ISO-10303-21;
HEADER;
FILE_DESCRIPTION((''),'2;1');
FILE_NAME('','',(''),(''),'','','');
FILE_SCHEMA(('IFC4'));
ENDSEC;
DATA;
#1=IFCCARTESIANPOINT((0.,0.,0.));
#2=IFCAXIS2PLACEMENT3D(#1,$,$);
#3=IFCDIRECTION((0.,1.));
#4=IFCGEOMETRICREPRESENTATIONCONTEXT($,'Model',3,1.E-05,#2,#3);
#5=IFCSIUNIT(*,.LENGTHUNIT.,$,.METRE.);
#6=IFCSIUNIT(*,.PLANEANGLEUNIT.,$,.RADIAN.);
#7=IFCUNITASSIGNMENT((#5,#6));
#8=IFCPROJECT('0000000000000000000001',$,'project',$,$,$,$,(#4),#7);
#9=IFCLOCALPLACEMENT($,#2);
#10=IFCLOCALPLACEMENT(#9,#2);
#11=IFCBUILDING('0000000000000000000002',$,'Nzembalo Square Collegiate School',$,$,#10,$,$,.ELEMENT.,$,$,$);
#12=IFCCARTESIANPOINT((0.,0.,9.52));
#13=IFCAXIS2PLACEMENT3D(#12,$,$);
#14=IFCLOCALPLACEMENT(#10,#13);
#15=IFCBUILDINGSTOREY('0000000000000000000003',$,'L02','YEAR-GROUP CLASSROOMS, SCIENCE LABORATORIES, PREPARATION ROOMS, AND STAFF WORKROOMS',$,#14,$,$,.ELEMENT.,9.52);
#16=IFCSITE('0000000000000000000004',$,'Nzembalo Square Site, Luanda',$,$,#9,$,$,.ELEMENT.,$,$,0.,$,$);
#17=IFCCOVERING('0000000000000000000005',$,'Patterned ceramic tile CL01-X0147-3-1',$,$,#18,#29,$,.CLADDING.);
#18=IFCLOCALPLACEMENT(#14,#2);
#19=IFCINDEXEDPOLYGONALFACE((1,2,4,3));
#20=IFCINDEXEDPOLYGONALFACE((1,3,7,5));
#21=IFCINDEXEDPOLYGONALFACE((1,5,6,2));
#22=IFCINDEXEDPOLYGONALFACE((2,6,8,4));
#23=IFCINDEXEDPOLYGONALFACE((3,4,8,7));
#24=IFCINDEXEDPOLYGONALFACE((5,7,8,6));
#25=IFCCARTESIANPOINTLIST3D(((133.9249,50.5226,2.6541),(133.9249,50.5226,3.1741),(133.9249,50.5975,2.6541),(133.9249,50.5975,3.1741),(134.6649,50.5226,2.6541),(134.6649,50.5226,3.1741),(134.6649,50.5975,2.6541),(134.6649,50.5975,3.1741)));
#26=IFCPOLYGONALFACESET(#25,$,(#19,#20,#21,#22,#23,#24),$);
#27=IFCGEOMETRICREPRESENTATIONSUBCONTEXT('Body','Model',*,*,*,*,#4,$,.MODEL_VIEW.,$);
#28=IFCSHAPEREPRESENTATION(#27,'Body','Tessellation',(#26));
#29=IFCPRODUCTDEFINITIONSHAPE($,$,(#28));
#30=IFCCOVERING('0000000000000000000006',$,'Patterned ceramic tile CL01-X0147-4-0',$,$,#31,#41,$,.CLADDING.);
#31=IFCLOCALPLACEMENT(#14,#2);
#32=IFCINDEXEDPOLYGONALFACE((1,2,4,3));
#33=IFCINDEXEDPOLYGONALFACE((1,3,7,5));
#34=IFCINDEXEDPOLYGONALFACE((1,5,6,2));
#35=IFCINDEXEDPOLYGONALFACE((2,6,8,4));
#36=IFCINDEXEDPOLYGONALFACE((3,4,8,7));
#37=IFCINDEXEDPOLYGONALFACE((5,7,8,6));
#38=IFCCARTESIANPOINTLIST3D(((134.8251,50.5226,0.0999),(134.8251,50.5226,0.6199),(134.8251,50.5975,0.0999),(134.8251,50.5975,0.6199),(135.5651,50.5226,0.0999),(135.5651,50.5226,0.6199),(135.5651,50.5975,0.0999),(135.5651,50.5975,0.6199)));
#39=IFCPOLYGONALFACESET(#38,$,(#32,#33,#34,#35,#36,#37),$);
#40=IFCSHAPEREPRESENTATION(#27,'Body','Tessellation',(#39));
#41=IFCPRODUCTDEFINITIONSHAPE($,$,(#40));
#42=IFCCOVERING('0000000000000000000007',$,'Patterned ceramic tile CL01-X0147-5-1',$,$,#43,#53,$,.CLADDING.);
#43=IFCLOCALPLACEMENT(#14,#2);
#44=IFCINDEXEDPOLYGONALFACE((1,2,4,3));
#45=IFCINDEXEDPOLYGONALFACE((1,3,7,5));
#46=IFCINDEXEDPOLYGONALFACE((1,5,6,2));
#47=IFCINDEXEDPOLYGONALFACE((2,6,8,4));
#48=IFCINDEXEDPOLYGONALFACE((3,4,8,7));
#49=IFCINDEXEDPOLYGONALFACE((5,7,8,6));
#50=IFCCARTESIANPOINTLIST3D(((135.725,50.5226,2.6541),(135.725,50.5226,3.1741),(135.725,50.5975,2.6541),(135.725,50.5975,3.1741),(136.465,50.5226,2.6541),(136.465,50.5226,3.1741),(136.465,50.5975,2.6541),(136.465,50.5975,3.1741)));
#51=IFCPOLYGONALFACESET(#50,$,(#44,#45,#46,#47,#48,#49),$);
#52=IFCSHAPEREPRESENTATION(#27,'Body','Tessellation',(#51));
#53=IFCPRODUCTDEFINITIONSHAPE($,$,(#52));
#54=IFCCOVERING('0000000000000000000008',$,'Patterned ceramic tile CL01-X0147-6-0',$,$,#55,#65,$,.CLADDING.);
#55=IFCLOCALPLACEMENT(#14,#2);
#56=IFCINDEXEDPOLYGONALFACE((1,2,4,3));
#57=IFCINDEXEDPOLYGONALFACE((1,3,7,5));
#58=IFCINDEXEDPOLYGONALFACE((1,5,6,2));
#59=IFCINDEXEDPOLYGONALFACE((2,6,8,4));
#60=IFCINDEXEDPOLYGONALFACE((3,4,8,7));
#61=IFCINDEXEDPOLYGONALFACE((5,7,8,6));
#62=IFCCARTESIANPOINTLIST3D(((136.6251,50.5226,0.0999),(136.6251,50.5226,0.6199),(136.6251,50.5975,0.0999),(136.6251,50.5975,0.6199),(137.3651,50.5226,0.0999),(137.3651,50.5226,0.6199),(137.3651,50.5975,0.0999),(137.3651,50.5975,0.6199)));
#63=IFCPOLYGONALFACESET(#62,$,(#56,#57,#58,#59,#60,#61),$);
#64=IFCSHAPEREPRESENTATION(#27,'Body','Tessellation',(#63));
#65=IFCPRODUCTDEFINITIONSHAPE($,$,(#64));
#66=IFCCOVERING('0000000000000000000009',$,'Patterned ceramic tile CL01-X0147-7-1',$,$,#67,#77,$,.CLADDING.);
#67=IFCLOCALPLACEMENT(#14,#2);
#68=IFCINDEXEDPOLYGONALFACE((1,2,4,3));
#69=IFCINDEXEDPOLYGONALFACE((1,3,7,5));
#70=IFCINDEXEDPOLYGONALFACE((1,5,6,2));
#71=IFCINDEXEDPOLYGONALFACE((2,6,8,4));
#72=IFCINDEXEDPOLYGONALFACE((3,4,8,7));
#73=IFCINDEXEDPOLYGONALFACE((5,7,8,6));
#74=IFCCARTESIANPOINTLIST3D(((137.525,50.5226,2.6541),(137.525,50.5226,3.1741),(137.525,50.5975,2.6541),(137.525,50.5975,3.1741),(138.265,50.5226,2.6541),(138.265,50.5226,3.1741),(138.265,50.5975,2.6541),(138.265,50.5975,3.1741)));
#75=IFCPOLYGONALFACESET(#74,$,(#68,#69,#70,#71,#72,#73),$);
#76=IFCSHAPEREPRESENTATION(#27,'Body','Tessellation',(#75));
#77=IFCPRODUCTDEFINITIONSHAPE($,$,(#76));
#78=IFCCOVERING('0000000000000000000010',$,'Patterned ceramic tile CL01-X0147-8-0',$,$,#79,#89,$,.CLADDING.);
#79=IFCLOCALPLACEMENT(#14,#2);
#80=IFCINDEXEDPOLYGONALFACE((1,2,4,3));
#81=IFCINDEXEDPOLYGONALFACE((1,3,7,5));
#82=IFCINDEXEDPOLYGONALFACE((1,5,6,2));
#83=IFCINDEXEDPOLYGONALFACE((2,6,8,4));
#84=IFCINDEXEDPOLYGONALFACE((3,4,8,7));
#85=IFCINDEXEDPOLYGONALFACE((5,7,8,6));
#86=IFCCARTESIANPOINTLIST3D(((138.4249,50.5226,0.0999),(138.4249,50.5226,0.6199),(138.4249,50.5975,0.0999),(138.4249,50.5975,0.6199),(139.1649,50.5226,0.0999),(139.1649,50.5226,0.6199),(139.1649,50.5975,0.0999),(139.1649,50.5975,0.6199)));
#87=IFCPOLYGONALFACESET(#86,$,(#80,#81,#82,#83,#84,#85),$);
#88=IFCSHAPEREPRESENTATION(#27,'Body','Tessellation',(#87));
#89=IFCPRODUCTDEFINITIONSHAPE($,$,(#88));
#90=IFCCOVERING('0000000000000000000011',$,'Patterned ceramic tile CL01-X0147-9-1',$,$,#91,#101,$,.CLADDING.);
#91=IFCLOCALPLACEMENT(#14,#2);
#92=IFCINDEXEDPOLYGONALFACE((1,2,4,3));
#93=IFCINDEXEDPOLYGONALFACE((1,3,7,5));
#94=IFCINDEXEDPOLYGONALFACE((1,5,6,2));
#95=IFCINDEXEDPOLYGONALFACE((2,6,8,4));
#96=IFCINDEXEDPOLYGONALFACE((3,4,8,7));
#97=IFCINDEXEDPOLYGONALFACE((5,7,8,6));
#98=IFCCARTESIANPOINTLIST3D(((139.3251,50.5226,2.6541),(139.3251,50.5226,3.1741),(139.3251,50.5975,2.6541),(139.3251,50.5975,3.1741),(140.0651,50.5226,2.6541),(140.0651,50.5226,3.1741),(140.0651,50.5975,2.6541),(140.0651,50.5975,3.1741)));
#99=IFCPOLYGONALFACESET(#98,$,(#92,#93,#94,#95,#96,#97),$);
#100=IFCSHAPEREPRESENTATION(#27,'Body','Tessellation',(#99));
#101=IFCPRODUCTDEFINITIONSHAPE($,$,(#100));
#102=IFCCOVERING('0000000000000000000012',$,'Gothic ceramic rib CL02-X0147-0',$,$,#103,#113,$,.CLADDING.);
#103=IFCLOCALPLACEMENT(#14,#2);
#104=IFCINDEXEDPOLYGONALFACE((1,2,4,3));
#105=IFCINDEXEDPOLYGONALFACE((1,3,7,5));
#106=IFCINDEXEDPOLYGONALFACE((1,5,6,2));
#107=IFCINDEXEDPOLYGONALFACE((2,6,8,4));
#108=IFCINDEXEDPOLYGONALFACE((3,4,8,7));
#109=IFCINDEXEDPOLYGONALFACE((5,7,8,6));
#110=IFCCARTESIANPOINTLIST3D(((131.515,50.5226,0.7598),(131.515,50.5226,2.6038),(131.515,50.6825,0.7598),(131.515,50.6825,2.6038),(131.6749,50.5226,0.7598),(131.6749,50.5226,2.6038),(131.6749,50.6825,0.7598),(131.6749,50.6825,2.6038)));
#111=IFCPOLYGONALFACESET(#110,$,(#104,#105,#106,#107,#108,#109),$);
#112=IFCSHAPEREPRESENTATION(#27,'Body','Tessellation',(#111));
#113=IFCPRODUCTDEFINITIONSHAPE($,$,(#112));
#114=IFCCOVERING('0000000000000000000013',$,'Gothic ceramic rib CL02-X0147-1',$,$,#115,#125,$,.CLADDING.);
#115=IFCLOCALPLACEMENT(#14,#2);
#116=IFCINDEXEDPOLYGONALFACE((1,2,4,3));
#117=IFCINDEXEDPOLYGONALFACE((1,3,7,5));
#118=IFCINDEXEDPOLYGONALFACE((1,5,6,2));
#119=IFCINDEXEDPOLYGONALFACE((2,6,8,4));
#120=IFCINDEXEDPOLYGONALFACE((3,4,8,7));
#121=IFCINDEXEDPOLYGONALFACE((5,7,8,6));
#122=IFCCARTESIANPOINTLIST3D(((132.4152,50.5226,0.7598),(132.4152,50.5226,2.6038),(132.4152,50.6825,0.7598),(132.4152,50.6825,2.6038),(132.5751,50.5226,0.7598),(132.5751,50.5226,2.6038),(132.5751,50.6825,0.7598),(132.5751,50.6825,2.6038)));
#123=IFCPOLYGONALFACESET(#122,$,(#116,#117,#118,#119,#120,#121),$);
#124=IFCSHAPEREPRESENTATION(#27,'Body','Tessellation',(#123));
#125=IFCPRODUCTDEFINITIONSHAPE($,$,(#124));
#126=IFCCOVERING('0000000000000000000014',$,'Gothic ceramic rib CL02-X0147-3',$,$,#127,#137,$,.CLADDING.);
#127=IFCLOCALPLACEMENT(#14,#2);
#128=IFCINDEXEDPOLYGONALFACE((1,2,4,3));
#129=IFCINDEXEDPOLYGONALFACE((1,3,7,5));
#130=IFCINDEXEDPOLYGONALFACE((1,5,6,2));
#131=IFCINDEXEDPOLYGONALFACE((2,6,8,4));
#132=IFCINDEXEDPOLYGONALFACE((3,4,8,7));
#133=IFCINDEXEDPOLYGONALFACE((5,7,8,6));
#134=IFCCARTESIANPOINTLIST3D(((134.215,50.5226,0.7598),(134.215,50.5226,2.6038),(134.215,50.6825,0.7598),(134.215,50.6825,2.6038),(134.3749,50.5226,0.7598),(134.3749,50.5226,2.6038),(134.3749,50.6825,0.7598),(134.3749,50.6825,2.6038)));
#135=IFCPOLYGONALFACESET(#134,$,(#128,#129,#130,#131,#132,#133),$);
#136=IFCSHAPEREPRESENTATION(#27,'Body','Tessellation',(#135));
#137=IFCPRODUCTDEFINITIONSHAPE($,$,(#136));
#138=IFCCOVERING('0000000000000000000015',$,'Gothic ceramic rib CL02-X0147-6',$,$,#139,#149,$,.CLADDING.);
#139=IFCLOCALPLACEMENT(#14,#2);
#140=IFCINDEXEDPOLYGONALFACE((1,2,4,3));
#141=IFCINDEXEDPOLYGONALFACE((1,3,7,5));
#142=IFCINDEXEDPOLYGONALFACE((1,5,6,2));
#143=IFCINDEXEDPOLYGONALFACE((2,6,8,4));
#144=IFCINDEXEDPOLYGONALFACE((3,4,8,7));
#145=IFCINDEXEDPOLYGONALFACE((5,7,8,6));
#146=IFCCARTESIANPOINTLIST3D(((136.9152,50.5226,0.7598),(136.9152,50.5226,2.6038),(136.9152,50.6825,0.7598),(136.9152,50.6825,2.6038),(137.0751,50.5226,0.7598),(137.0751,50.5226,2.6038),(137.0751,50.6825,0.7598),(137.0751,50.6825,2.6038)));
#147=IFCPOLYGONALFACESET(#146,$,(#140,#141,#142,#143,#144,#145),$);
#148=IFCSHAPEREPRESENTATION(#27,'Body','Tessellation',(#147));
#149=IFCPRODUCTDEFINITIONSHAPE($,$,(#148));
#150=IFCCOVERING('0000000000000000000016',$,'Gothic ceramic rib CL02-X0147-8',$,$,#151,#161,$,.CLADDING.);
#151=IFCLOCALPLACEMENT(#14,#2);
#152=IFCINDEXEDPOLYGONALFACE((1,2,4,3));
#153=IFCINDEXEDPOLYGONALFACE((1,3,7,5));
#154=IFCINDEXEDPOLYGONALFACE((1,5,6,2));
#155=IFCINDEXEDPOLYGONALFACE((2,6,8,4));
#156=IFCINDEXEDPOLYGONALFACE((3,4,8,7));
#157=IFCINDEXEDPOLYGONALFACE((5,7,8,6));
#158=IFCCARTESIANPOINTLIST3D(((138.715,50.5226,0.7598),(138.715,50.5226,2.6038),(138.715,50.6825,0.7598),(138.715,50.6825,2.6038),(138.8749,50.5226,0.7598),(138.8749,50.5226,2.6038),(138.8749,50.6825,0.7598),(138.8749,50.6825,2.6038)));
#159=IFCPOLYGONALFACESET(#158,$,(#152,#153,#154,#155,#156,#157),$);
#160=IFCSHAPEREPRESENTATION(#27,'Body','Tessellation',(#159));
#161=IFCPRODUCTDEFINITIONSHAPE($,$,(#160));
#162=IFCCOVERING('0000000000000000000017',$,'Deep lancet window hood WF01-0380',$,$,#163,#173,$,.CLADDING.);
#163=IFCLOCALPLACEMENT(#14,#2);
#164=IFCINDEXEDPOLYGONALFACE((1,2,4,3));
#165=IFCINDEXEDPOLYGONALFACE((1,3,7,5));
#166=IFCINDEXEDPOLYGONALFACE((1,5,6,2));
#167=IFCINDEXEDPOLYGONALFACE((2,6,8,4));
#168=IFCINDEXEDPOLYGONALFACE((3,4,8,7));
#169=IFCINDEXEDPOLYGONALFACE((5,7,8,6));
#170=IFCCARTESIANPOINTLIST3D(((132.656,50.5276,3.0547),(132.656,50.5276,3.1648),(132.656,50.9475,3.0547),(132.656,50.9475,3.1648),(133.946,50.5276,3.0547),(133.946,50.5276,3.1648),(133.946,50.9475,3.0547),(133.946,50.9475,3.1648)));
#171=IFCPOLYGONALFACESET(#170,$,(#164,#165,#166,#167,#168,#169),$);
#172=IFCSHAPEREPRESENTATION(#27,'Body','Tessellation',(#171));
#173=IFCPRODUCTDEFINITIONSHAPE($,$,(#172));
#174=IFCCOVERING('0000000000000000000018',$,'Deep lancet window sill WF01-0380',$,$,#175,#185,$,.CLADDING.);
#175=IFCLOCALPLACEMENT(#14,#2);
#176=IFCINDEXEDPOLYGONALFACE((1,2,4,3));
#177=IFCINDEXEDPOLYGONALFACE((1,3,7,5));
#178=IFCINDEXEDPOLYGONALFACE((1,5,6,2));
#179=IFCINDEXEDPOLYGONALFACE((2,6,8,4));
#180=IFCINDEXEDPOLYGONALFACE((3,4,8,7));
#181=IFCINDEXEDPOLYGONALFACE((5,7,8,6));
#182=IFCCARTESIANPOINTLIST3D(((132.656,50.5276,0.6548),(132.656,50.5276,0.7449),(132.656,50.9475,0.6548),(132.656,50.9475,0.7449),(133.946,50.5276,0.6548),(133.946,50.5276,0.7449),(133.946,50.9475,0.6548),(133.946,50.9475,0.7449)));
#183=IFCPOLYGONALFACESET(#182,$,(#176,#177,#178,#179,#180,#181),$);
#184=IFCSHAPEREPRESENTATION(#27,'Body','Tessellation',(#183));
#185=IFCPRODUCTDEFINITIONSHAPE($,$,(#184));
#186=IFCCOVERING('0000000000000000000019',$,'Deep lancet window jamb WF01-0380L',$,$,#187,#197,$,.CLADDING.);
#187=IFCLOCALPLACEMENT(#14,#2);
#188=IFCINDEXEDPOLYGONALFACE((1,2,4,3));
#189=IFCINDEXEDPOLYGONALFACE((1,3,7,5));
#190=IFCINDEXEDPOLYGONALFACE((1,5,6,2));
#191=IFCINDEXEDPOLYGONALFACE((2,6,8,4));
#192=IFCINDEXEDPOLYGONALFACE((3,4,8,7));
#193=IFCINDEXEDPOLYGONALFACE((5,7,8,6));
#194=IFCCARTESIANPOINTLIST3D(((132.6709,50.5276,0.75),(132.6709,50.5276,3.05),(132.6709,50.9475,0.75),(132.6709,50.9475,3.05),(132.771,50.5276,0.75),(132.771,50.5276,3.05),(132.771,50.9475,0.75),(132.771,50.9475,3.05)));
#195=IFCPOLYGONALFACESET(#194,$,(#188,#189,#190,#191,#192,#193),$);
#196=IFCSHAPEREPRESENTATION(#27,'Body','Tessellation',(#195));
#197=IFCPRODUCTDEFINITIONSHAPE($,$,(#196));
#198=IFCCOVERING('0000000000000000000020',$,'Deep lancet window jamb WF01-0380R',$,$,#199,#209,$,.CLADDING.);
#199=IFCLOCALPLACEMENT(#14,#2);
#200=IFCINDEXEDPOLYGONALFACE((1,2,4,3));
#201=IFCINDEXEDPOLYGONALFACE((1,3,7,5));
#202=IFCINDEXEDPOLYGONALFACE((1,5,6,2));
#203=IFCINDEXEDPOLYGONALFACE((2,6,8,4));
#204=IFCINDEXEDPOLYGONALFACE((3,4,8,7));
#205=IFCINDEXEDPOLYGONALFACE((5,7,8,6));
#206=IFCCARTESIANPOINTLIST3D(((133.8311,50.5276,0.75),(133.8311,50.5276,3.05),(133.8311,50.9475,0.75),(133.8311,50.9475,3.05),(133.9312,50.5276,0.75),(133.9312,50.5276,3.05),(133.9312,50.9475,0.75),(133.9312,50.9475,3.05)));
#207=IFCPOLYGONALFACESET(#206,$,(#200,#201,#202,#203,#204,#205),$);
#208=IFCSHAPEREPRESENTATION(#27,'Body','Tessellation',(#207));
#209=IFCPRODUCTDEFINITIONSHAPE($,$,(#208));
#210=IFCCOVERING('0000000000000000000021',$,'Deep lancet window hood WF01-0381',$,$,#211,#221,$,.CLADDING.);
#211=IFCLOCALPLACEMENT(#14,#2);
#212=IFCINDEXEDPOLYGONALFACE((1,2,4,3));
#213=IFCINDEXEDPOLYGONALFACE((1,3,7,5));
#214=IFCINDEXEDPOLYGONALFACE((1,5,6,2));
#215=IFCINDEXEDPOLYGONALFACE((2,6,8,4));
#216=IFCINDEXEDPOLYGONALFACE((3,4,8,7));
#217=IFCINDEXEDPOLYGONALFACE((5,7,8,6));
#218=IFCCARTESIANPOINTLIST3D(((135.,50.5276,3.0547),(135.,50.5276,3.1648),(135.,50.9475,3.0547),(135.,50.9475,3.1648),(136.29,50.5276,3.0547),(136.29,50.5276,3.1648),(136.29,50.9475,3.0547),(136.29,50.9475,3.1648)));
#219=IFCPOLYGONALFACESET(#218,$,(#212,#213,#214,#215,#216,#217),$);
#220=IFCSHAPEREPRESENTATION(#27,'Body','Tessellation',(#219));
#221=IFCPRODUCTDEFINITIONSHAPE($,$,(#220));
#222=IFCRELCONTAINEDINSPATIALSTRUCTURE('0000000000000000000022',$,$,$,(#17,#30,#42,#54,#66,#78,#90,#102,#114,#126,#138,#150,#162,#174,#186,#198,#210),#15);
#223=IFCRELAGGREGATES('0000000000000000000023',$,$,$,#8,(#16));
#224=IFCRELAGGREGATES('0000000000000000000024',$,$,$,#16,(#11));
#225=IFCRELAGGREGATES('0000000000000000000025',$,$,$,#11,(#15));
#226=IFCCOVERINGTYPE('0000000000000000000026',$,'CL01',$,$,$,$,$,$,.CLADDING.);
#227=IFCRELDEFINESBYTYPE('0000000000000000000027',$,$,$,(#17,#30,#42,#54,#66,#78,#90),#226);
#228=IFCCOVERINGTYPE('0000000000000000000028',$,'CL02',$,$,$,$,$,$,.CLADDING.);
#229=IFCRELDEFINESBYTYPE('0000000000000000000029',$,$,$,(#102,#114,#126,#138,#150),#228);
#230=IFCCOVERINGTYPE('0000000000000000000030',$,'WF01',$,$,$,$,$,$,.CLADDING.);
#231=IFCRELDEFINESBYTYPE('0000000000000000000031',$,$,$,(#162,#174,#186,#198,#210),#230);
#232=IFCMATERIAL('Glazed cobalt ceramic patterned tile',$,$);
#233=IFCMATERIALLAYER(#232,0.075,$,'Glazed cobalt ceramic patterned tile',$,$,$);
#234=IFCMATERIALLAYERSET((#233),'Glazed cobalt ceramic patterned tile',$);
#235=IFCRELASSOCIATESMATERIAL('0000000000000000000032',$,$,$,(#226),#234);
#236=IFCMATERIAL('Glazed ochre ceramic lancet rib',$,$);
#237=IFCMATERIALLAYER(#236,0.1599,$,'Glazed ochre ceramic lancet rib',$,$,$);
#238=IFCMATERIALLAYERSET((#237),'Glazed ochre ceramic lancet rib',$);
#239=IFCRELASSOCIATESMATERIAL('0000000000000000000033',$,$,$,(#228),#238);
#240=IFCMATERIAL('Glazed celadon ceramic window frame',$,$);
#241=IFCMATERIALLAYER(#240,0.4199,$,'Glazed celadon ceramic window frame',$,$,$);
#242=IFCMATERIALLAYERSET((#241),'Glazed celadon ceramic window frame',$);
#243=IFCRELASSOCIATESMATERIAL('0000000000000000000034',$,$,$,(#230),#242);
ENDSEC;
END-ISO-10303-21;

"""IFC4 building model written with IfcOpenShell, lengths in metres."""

from ifc_helpers import new_model, si_unit, direction, frame, origin, origin_2d, place, context, subcontext, project, spatial, rectangle, extrude, material, layer, layer_set, type_object, element, save


model = new_model("IFC4")

# Units and contexts
model_context = context("Model", 3, precision=1e-05, world=origin(), true_north=direction((0.0, 1.0)))
body_context = subcontext(model_context, "Body", "Model", "MODEL_VIEW")
ifc_project = project(units=[si_unit("LENGTHUNIT", "METRE"), si_unit("PLANEANGLEUNIT", "RADIAN")], contexts=[model_context])

# Site, building, storey
site_placement = place(None, origin())
site = spatial("IfcSite", under=ifc_project, at=site_placement, Name="Nzembalo Square Site, Luanda", CompositionType="ELEMENT", RefElevation=0.0)
building_placement = place(site_placement, origin())
building = spatial("IfcBuilding", under=site, at=building_placement, Name="Nzembalo Square Collegiate School", CompositionType="ELEMENT")
storey_placement = place(building_placement, frame((0.0, 0.0, 9.52)))
storey = spatial("IfcBuildingStorey", under=building, at=storey_placement, Name="L02", Description="YEAR-GROUP CLASSROOMS, SCIENCE LABORATORIES, PREPARATION ROOMS, AND STAFF WORKROOMS", CompositionType="ELEMENT", Elevation=9.52)

# Coverings
ifc_material_1 = material(Name="Glazed cobalt ceramic patterned tile")
ifc_layer_1 = layer(ifc_material_1, 0.075, Name="Glazed cobalt ceramic patterned tile")
ifc_layer_set_1 = layer_set([ifc_layer_1], Name="Glazed cobalt ceramic patterned tile")
covering_type_1 = type_object("IfcCoveringType", Name="CL01", PredefinedType="CLADDING", material=ifc_layer_set_1)
for number, where, z_axis, x_axis, name in (
    (1, (134.2949, 50.5601, 2.6541), (0.0, 0.0, 1.0), (1.0, 0.0, 0.0), "Patterned ceramic tile CL01-X0147-3-1"),
    (2, (135.1951, 50.5601, 0.0999), (0.0, 0.0, 1.0), (1.0, 0.0, 0.0), "Patterned ceramic tile CL01-X0147-4-0"),
    (3, (136.095, 50.5601, 2.6541), (0.0, 0.0, 1.0), (1.0, 0.0, 0.0), "Patterned ceramic tile CL01-X0147-5-1"),
    (4, (136.9951, 50.5601, 0.0999), (0.0, 0.0, 1.0), (1.0, 0.0, 0.0), "Patterned ceramic tile CL01-X0147-6-0"),
    (5, (137.895, 50.5601, 2.6541), (0.0, 0.0, 1.0), (1.0, 0.0, 0.0), "Patterned ceramic tile CL01-X0147-7-1"),
    (6, (138.7949, 50.5601, 0.0999), (0.0, 0.0, 1.0), (1.0, 0.0, 0.0), "Patterned ceramic tile CL01-X0147-8-0"),
    (7, (139.6951, 50.5601, 2.6541), (0.0, 0.0, 1.0), (1.0, 0.0, 0.0), "Patterned ceramic tile CL01-X0147-9-1"),
):
    element("IfcCovering", number, at=place(storey_placement, frame(where, z_axis=z_axis, x_axis=x_axis)), inside=storey, type_object=covering_type_1, Name=name, PredefinedType="CLADDING", context=body_context, shape_type="SweptSolid", body=[
        extrude(rectangle(XDim=0.74, YDim=0.075, at=origin_2d()), origin(), (0.0, 0.0, 1.0), 0.52),
    ])
ifc_material_2 = material(Name="Glazed ochre ceramic lancet rib")
ifc_layer_2 = layer(ifc_material_2, 0.1599, Name="Glazed ochre ceramic lancet rib")
ifc_layer_set_2 = layer_set([ifc_layer_2], Name="Glazed ochre ceramic lancet rib")
covering_type_2 = type_object("IfcCoveringType", Name="CL02", PredefinedType="CLADDING", material=ifc_layer_set_2)
for number, where, z_axis, x_axis, name in (
    (8, (131.595, 50.6025, 0.7598), (0.0, 0.0, 1.0), (1.0, 0.0, 0.0), "Gothic ceramic rib CL02-X0147-0"),
    (9, (132.4951, 50.6025, 0.7598), (0.0, 0.0, 1.0), (1.0, 0.0, 0.0), "Gothic ceramic rib CL02-X0147-1"),
    (10, (134.2949, 50.6025, 0.7598), (0.0, 0.0, 1.0), (1.0, 0.0, 0.0), "Gothic ceramic rib CL02-X0147-3"),
    (11, (136.9951, 50.6025, 0.7598), (0.0, 0.0, 1.0), (1.0, 0.0, 0.0), "Gothic ceramic rib CL02-X0147-6"),
    (12, (138.7949, 50.6025, 0.7598), (0.0, 0.0, 1.0), (1.0, 0.0, 0.0), "Gothic ceramic rib CL02-X0147-8"),
):
    element("IfcCovering", number, at=place(storey_placement, frame(where, z_axis=z_axis, x_axis=x_axis)), inside=storey, type_object=covering_type_2, Name=name, PredefinedType="CLADDING", context=body_context, shape_type="SweptSolid", body=[
        extrude(rectangle(XDim=0.1599, YDim=0.1599, at=origin_2d()), origin(), (0.0, 0.0, 1.0), 1.844),
    ])
ifc_material_3 = material(Name="Glazed celadon ceramic window frame")
ifc_layer_3 = layer(ifc_material_3, 0.4199, Name="Glazed celadon ceramic window frame")
ifc_layer_set_3 = layer_set([ifc_layer_3], Name="Glazed celadon ceramic window frame")
covering_type_3 = type_object("IfcCoveringType", Name="WF01", PredefinedType="CLADDING", material=ifc_layer_set_3)
covering_1_placement = place(storey_placement, frame((133.301, 50.7375, 3.0547), z_axis=(0.0, 0.0, 1.0), x_axis=(1.0, 0.0, 0.0)))
element("IfcCovering", 13, at=covering_1_placement, inside=storey, type_object=covering_type_3, Name="Deep lancet window hood WF01-0380", PredefinedType="CLADDING", context=body_context, shape_type="SweptSolid", body=[
    extrude(rectangle(XDim=1.29, YDim=0.4199, at=origin_2d()), origin(), (0.0, 0.0, 1.0), 0.1101),
])
covering_2_placement = place(storey_placement, frame((133.301, 50.7375, 0.6548), z_axis=(0.0, 0.0, 1.0), x_axis=(1.0, 0.0, 0.0)))
element("IfcCovering", 14, at=covering_2_placement, inside=storey, type_object=covering_type_3, Name="Deep lancet window sill WF01-0380", PredefinedType="CLADDING", context=body_context, shape_type="SweptSolid", body=[
    extrude(rectangle(XDim=1.29, YDim=0.4199, at=origin_2d()), origin(), (0.0, 0.0, 1.0), 0.0901),
])
for number, where, z_axis, x_axis, name in (
    (15, (132.7209, 50.7375, 0.75), (0.0, 0.0, 1.0), (1.0, 0.0, 0.0), "Deep lancet window jamb WF01-0380L"),
    (16, (133.8811, 50.7375, 0.75), (0.0, 0.0, 1.0), (1.0, 0.0, 0.0), "Deep lancet window jamb WF01-0380R"),
):
    element("IfcCovering", number, at=place(storey_placement, frame(where, z_axis=z_axis, x_axis=x_axis)), inside=storey, type_object=covering_type_3, Name=name, PredefinedType="CLADDING", context=body_context, shape_type="SweptSolid", body=[
        extrude(rectangle(XDim=0.1001, YDim=0.4199, at=origin_2d()), origin(), (0.0, 0.0, 1.0), 2.3),
    ])
covering_3_placement = place(storey_placement, frame((135.645, 50.7375, 3.0547), z_axis=(0.0, 0.0, 1.0), x_axis=(1.0, 0.0, 0.0)))
element("IfcCovering", 17, at=covering_3_placement, inside=storey, type_object=covering_type_3, Name="Deep lancet window hood WF01-0381", PredefinedType="CLADDING", context=body_context, shape_type="SweptSolid", body=[
    extrude(rectangle(XDim=1.29, YDim=0.4199, at=origin_2d()), origin(), (0.0, 0.0, 1.0), 0.1101),
])

save(model, "model.ifc")
